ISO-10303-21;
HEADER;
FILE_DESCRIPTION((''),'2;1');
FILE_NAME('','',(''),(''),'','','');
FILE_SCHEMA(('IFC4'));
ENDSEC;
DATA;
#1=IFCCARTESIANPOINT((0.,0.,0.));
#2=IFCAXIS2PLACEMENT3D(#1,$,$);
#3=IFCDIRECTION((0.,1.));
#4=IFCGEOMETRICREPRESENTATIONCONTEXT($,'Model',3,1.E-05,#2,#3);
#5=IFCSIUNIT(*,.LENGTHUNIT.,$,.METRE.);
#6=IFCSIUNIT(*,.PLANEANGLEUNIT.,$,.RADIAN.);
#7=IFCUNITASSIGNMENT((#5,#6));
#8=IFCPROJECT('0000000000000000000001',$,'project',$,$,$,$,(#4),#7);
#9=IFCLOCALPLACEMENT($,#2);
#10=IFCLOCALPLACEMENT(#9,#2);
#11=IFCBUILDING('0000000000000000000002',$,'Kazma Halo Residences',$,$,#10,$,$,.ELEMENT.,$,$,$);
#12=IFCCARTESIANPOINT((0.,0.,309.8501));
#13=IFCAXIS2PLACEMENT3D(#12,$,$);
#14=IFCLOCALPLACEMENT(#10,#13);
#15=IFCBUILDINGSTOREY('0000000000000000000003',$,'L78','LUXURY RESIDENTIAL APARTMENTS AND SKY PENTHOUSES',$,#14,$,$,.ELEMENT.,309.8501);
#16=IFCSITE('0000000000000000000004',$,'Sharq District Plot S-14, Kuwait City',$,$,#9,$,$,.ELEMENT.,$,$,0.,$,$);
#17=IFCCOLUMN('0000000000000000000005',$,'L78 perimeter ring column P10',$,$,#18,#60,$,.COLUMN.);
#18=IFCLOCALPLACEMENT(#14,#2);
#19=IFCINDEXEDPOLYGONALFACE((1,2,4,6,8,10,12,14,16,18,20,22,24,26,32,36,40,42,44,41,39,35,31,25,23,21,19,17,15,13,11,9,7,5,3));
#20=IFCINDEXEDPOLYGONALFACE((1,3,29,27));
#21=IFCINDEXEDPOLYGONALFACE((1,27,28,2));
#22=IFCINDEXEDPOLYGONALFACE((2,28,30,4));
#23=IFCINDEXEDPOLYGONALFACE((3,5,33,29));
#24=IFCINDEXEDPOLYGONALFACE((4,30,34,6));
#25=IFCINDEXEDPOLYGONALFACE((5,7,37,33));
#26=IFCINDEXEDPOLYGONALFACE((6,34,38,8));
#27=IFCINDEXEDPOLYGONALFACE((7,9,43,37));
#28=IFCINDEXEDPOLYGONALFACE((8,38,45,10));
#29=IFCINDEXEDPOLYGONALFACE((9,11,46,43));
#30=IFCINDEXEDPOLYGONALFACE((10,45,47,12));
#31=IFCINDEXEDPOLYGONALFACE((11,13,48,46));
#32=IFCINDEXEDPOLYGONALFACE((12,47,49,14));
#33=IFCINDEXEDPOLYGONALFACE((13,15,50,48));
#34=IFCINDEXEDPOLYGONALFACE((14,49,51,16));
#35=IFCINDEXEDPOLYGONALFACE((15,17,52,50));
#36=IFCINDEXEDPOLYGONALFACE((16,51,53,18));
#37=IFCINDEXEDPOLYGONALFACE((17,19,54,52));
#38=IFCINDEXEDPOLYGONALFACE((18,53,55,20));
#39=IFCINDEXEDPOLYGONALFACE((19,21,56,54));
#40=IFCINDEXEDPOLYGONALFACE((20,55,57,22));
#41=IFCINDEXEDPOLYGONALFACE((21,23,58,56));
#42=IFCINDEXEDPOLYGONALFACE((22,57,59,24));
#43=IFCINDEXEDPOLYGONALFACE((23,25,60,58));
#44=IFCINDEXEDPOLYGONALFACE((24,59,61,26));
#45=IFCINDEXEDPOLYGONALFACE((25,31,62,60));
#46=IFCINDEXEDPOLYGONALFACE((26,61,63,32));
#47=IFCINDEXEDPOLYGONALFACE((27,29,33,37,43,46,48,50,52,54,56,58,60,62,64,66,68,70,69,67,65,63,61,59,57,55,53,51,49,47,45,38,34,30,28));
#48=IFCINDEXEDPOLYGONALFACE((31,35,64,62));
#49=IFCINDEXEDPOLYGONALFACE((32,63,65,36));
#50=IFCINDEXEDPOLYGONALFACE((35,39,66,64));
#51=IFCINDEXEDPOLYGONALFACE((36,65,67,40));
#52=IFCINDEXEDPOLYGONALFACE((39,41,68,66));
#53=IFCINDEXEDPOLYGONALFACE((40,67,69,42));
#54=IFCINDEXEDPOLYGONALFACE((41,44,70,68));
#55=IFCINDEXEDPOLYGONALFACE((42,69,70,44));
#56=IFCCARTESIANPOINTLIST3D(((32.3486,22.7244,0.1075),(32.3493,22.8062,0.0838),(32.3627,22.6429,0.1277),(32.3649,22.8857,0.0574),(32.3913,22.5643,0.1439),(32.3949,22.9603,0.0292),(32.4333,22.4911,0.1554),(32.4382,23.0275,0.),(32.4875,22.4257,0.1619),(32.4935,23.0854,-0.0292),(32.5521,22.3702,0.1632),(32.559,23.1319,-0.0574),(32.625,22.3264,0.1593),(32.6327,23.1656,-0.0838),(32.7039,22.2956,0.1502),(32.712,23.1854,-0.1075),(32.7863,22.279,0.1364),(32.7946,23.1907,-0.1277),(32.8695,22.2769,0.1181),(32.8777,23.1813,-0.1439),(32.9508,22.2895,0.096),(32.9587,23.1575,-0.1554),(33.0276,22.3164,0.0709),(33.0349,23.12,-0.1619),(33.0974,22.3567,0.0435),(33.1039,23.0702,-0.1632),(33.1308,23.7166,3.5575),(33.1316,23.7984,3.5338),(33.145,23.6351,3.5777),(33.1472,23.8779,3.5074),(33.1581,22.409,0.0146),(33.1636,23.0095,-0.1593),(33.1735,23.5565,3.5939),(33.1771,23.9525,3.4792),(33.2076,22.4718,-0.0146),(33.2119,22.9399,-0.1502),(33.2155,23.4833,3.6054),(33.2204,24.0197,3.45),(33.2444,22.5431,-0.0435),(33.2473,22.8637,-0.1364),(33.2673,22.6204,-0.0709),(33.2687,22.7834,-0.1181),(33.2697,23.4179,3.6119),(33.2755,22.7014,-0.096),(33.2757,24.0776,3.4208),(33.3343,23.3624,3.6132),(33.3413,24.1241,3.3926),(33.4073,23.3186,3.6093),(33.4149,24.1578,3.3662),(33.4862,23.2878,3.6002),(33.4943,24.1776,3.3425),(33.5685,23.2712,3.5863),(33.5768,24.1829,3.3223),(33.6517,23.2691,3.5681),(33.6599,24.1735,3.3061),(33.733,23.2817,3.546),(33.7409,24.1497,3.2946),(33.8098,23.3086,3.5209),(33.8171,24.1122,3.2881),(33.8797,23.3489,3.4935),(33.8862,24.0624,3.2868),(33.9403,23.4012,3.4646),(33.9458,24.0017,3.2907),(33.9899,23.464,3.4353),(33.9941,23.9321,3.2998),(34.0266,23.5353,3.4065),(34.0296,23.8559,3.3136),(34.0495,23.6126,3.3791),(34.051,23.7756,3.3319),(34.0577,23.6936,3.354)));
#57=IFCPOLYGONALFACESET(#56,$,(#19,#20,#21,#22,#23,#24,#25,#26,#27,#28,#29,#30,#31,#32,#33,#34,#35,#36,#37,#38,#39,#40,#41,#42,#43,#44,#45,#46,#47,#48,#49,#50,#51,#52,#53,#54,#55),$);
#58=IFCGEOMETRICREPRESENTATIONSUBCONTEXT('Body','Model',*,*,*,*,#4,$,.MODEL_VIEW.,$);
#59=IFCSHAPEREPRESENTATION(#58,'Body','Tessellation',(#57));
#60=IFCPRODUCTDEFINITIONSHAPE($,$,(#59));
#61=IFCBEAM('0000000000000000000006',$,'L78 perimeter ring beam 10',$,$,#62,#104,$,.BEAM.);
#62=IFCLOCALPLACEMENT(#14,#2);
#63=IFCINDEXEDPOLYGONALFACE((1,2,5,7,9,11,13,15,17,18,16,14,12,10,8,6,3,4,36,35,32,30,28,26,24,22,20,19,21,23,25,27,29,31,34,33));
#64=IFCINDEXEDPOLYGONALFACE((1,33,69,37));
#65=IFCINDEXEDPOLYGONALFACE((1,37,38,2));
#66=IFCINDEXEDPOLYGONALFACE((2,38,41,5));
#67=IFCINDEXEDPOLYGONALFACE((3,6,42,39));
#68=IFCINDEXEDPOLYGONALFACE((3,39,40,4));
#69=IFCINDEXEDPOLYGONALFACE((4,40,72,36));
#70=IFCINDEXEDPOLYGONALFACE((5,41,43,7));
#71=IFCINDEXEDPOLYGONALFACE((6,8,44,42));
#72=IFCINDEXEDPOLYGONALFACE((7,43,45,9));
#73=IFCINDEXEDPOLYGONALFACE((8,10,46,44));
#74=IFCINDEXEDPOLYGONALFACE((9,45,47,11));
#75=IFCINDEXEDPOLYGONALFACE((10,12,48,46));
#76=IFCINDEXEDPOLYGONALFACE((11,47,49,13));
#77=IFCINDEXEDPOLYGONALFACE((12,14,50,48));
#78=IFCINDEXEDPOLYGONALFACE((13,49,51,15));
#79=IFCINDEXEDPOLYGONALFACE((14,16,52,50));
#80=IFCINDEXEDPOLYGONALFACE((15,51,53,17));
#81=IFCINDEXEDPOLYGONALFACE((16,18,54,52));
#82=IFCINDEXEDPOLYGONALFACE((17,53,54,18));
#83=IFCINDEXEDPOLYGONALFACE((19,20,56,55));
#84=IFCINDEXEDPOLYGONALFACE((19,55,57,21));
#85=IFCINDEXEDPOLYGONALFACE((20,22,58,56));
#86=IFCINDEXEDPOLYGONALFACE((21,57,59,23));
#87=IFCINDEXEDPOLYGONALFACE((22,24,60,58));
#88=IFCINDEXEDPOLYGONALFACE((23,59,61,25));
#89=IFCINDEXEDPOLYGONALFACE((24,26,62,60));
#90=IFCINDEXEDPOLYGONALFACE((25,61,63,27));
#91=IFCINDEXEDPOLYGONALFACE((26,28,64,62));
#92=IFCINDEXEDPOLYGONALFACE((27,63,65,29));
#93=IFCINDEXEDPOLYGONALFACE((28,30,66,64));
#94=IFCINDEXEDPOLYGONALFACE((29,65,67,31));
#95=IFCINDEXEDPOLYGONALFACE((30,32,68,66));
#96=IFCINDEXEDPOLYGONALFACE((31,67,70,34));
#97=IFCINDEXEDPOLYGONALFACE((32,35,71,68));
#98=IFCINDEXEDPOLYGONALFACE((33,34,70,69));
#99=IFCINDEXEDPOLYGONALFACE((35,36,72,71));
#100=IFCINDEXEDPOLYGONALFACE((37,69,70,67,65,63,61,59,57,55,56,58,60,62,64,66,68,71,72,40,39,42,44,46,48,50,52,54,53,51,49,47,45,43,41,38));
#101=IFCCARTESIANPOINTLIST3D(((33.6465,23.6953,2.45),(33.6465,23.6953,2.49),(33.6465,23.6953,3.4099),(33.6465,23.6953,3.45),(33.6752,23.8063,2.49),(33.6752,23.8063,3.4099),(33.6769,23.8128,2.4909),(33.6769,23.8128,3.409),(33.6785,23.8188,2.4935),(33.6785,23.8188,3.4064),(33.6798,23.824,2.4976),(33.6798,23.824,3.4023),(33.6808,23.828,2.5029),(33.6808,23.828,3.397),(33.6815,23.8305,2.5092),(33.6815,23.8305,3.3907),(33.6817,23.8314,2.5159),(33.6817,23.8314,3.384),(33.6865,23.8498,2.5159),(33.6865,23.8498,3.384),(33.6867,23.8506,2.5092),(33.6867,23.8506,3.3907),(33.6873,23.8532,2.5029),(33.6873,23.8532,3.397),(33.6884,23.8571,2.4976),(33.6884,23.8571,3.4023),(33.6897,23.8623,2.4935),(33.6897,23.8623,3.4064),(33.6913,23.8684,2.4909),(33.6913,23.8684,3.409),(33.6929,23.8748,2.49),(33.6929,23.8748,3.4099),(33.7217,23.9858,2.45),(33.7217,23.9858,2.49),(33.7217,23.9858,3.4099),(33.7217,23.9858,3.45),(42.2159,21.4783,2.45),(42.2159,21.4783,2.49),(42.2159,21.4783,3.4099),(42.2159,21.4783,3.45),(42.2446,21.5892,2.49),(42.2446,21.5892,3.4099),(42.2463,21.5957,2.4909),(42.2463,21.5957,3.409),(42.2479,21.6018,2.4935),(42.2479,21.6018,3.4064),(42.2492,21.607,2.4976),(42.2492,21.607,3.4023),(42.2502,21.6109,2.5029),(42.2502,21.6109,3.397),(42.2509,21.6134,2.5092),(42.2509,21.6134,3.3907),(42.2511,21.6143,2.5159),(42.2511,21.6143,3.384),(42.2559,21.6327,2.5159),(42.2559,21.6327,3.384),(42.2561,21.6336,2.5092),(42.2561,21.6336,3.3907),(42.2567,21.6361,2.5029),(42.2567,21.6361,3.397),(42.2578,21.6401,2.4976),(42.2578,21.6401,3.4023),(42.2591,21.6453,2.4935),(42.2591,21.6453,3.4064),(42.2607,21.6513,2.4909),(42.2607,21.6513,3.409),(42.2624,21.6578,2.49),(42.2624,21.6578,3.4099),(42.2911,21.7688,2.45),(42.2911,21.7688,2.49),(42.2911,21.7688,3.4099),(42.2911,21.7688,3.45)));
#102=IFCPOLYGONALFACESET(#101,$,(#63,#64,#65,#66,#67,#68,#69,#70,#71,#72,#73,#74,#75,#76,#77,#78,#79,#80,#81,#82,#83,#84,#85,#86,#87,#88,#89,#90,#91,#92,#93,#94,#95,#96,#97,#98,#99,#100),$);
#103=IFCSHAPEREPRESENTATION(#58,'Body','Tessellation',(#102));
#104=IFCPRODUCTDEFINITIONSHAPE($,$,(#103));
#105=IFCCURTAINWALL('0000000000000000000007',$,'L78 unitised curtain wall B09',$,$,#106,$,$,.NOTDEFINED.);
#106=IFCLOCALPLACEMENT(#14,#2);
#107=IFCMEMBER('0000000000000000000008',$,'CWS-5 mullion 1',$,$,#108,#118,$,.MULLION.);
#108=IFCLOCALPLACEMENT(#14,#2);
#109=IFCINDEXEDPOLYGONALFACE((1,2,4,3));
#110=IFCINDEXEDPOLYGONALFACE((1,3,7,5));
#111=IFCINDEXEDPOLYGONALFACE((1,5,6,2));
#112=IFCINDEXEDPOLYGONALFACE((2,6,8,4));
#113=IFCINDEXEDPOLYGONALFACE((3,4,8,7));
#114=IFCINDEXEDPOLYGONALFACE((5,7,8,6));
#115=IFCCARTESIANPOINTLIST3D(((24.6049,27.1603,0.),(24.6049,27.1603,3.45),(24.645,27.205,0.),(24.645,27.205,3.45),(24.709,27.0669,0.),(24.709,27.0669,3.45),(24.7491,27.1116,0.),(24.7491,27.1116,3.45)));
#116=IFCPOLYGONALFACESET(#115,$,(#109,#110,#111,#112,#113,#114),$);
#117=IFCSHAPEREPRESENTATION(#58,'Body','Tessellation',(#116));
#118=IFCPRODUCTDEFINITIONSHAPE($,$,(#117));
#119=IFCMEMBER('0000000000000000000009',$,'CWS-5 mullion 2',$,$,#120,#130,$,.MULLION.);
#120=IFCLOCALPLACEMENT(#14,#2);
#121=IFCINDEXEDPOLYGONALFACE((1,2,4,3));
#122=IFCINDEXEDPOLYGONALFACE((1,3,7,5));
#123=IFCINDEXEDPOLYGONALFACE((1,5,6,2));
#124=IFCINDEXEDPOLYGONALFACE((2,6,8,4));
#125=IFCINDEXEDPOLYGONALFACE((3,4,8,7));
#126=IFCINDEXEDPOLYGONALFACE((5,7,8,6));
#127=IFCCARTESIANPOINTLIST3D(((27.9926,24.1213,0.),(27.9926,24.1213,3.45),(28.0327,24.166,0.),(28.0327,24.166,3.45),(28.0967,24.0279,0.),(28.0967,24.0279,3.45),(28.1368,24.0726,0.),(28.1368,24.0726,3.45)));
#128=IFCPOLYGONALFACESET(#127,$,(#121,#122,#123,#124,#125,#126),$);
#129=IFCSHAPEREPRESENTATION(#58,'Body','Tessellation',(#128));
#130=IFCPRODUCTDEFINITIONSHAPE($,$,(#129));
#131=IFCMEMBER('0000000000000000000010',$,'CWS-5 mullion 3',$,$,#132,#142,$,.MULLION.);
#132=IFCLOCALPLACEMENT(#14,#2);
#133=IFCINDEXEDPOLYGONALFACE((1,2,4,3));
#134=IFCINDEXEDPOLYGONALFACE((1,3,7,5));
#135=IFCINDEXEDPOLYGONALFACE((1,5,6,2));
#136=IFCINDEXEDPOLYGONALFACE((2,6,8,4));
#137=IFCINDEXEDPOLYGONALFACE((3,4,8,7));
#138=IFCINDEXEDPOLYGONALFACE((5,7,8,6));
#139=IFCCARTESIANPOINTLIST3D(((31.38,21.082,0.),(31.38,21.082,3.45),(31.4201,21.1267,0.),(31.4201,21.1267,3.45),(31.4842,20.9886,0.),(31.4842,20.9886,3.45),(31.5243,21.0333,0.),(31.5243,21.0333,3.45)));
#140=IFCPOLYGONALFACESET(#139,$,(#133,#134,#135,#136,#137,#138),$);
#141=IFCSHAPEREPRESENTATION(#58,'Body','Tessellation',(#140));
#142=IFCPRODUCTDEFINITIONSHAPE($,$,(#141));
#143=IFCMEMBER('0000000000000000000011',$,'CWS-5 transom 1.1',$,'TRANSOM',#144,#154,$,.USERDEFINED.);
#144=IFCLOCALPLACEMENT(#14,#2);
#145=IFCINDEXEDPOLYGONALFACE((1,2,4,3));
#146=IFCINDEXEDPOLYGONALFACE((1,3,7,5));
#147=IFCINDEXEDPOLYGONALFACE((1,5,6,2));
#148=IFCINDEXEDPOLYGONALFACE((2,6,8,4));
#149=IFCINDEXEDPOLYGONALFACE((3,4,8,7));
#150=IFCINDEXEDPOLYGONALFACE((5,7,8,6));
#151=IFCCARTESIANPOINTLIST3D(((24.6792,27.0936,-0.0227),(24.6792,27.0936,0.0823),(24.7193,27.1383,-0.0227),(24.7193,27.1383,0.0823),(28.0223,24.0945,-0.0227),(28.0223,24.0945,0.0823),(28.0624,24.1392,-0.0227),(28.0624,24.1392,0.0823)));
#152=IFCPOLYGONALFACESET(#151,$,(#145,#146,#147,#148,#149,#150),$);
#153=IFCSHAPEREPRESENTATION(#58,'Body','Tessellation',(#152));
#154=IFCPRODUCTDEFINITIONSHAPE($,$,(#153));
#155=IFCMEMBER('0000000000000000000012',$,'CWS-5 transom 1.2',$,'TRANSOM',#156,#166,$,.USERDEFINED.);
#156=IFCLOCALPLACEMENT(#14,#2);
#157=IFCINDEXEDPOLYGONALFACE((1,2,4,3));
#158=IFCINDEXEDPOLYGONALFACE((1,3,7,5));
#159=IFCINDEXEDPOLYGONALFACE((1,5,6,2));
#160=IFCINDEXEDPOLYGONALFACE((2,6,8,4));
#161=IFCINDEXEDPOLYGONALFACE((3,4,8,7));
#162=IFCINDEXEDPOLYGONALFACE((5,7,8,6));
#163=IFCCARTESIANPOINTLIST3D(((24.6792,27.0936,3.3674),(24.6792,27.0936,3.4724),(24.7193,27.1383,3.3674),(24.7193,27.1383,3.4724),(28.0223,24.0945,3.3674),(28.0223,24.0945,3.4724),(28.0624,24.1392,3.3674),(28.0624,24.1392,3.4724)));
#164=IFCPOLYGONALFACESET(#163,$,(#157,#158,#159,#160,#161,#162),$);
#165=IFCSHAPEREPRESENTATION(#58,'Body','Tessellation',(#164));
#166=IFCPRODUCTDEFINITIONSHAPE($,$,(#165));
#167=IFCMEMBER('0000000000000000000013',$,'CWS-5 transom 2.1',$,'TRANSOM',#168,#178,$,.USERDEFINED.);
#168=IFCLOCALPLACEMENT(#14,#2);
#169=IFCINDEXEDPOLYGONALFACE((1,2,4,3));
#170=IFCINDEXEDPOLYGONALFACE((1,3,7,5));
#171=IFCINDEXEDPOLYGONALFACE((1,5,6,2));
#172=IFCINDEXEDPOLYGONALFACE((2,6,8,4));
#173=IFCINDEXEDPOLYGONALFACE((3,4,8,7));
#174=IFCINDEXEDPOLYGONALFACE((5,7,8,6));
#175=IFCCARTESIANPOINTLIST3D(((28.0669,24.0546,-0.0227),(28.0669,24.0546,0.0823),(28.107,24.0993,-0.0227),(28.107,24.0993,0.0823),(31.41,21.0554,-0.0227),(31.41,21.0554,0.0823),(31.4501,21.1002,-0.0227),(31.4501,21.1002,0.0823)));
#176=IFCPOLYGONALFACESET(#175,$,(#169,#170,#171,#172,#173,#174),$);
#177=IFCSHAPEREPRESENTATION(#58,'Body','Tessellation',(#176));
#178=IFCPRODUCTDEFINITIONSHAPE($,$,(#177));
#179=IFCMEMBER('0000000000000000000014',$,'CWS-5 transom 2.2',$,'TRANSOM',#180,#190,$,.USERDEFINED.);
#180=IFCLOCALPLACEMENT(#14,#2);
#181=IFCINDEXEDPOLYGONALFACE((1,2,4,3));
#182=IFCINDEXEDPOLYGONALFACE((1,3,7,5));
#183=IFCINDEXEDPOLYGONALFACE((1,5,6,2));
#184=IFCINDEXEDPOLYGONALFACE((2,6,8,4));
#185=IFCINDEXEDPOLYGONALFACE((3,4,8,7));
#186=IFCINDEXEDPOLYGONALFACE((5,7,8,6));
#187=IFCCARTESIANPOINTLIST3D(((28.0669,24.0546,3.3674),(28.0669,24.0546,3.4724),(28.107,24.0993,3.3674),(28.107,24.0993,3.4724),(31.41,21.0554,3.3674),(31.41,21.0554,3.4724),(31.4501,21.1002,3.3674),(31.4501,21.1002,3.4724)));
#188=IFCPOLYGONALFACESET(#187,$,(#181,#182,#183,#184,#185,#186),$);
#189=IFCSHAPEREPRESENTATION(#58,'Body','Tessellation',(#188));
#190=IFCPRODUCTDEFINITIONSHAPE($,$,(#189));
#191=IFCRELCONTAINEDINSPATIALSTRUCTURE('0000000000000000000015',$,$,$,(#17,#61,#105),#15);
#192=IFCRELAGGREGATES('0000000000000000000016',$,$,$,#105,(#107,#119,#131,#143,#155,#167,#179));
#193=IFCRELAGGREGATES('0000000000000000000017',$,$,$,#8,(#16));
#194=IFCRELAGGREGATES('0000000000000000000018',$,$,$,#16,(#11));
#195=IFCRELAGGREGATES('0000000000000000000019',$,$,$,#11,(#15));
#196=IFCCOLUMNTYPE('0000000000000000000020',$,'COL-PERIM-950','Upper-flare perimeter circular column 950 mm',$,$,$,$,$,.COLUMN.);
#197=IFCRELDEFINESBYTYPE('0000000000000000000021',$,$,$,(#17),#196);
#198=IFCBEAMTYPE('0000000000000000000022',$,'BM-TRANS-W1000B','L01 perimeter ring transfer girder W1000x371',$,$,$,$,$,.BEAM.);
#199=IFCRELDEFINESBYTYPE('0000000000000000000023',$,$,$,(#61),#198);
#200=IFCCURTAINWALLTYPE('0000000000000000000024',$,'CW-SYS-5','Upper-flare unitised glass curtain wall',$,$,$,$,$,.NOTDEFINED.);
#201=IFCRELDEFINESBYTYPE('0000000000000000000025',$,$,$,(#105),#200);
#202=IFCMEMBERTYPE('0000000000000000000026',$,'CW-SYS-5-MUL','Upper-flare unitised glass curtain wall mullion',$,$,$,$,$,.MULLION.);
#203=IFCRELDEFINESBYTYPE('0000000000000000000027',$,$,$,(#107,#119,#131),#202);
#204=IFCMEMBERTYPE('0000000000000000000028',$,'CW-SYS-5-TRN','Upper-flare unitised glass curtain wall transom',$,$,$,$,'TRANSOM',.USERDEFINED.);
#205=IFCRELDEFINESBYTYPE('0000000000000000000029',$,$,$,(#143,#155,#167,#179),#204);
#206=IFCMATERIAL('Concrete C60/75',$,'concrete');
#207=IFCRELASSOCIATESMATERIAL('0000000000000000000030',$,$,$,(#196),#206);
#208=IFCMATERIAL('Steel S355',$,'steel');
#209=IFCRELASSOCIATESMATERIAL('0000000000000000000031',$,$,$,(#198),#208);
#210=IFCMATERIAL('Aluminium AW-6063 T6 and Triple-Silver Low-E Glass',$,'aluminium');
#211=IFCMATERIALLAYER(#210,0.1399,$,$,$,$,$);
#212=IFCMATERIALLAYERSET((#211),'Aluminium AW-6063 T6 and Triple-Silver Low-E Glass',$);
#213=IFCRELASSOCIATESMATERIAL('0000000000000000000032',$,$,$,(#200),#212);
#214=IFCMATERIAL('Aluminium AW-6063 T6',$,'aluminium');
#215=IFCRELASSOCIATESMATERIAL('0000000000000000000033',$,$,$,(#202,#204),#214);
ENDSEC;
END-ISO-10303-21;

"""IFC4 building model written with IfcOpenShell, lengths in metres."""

from ifc_helpers import new_model, si_unit, direction, frame, origin, origin_2d, place, context, subcontext, project, spatial, rectangle, circle, i_section, extrude, material, layer, layer_set, material_profile, profile_set, type_object, element, aggregate, save


model = new_model("IFC4")

# Units and contexts
model_context = context("Model", 3, precision=1e-05, world=origin(), true_north=direction((0.0, 1.0)))
body_context = subcontext(model_context, "Body", "Model", "MODEL_VIEW")
ifc_project = project(units=[si_unit("LENGTHUNIT", "METRE"), si_unit("PLANEANGLEUNIT", "RADIAN")], contexts=[model_context])

# Site, building, storey
site_placement = place(None, origin())
site = spatial("IfcSite", under=ifc_project, at=site_placement, Name="Sharq District Plot S-14, Kuwait City", CompositionType="ELEMENT", RefElevation=0.0)
building_placement = place(site_placement, origin())
building = spatial("IfcBuilding", under=site, at=building_placement, Name="Kazma Halo Residences", CompositionType="ELEMENT")
storey_placement = place(building_placement, frame((0.0, 0.0, 309.8501)))
storey = spatial("IfcBuildingStorey", under=building, at=storey_placement, Name="L78", Description="LUXURY RESIDENTIAL APARTMENTS AND SKY PENTHOUSES", CompositionType="ELEMENT", Elevation=309.8501)

# Column
ifc_material_1 = material(Name="Concrete C60/75", Category="concrete")
ifc_material_profile_1 = material_profile(ifc_material_1, circle(Radius=0.4751, at=origin_2d()), Name="CIRC950")
ifc_profile_set_1 = profile_set([ifc_material_profile_1], Name="Concrete C60/75")
column_type = type_object("IfcColumnType", Name="COL-PERIM-950", Description="Upper-flare perimeter circular column 950 mm", PredefinedType="COLUMN", material=ifc_profile_set_1)
column_placement = place(storey_placement, frame((32.8113, 22.7334, 0.0), z_axis=(0.212907, 0.270054, 0.939011), x_axis=(-0.785298, 0.619118, 0.0)))
element("IfcColumn", 1, at=column_placement, inside=storey, type_object=column_type, Name="L78 perimeter ring column P10", PredefinedType="COLUMN", context=body_context, shape_type="SweptSolid", body=[
    extrude(circle(Radius=0.4751, at=origin_2d()), origin(), (0.0, 0.0, 1.0), 3.6741),
])

# Beam
ifc_material_2 = material(Name="Steel S355", Category="steel")
ifc_material_profile_2 = material_profile(ifc_material_2, i_section(OverallWidth=0.3, OverallDepth=1.0, WebThickness=0.019, FlangeThickness=0.04, FilletRadius=0.0259, at=origin_2d()), Name="W1000x371")
ifc_profile_set_2 = profile_set([ifc_material_profile_2], Name="Steel S355")
beam_type = type_object("IfcBeamType", Name="BM-TRANS-W1000B", Description="L01 perimeter ring transfer girder W1000x371", PredefinedType="BEAM", material=ifc_profile_set_2)
beam_placement = place(storey_placement, frame((33.6841, 23.8406, 2.95), z_axis=(0.968124, -0.250471, 0.0), x_axis=(0.250471, 0.968124, 0.0)))
element("IfcBeam", 2, at=beam_placement, inside=storey, type_object=beam_type, Name="L78 perimeter ring beam 10", PredefinedType="BEAM", context=body_context, shape_type="SweptSolid", body=[
    extrude(i_section(OverallWidth=0.3, OverallDepth=1.0, WebThickness=0.019, FlangeThickness=0.04, FilletRadius=0.0259, at=origin_2d()), origin(), (0.0, 0.0, 1.0), 8.8516),
])

# Curtain wall, members
ifc_material_3 = material(Name="Aluminium AW-6063 T6 and Triple-Silver Low-E Glass", Category="aluminium")
ifc_layer_1 = layer(ifc_material_3, 0.1399)
ifc_layer_set_1 = layer_set([ifc_layer_1], Name="Aluminium AW-6063 T6 and Triple-Silver Low-E Glass")
curtain_wall_type = type_object("IfcCurtainWallType", Name="CW-SYS-5", Description="Upper-flare unitised glass curtain wall", PredefinedType="NOTDEFINED", material=ifc_layer_set_1)
curtain_wall_placement = place(storey_placement, origin())
curtain_wall = element("IfcCurtainWall", 3, at=curtain_wall_placement, inside=storey, type_object=curtain_wall_type, Name="L78 unitised curtain wall B09", PredefinedType="NOTDEFINED")
ifc_material_4 = material(Name="Aluminium AW-6063 T6", Category="aluminium")
ifc_material_profile_3 = material_profile(ifc_material_4, rectangle(XDim=0.0601, YDim=0.1399, at=origin_2d()), Name="CWM-60x140")
ifc_profile_set_3 = profile_set([ifc_material_profile_3], Name="Aluminium AW-6063 T6")
member_type_1 = type_object("IfcMemberType", Name="CW-SYS-5-MUL", Description="Upper-flare unitised glass curtain wall mullion", PredefinedType="MULLION", material=ifc_profile_set_3)
member_1_placement = place(storey_placement, frame((24.677, 27.136, 0.0), z_axis=(0.0, 0.0, 1.0), x_axis=(0.667776, 0.744362, 0.0)))
member_1 = element("IfcMember", 4, at=member_1_placement, type_object=member_type_1, Name="CWS-5 mullion 1", PredefinedType="MULLION", context=body_context, shape_type="SweptSolid", body=[
    extrude(rectangle(XDim=0.0601, YDim=0.1399, at=origin_2d()), origin(), (0.0, 0.0, 1.0), 3.45),
])
member_2_placement = place(storey_placement, frame((28.0647, 24.0969, 0.0), z_axis=(0.0, 0.0, 1.0), x_axis=(0.667776, 0.744362, 0.0)))
member_2 = element("IfcMember", 5, at=member_2_placement, type_object=member_type_1, Name="CWS-5 mullion 2", PredefinedType="MULLION", context=body_context, shape_type="SweptSolid", body=[
    extrude(rectangle(XDim=0.0601, YDim=0.1399, at=origin_2d()), origin(), (0.0, 0.0, 1.0), 3.45),
])
member_3_placement = place(storey_placement, frame((31.4521, 21.0576, 0.0), z_axis=(0.0, 0.0, 1.0), x_axis=(0.667776, 0.744362, 0.0)))
member_3 = element("IfcMember", 6, at=member_3_placement, type_object=member_type_1, Name="CWS-5 mullion 3", PredefinedType="MULLION", context=body_context, shape_type="SweptSolid", body=[
    extrude(rectangle(XDim=0.0601, YDim=0.1399, at=origin_2d()), origin(), (0.0, 0.0, 1.0), 3.45),
])
ifc_material_profile_4 = material_profile(ifc_material_4, rectangle(XDim=0.0601, YDim=0.105, at=origin_2d()), Name="CWT-60x105")
ifc_profile_set_4 = profile_set([ifc_material_profile_4], Name="Aluminium AW-6063 T6")
member_type_2 = type_object("IfcMemberType", Name="CW-SYS-5-TRN", Description="Upper-flare unitised glass curtain wall transom", ElementType="TRANSOM", PredefinedType="USERDEFINED", material=ifc_profile_set_4)
member_4_placement = place(storey_placement, frame((24.6992, 27.116, 0.0298), z_axis=(0.744366, -0.667772, 0.0), x_axis=(0.667772, 0.744366, 0.0)))
member_4 = element("IfcMember", 7, at=member_4_placement, type_object=member_type_2, Name="CWS-5 transom 1.1", ObjectType="TRANSOM", PredefinedType="USERDEFINED", context=body_context, shape_type="SweptSolid", body=[
    extrude(rectangle(XDim=0.0601, YDim=0.105, at=origin_2d()), origin(), (0.0, 0.0, 1.0), 4.4912),
])
member_5_placement = place(storey_placement, frame((24.6992, 27.116, 3.4199), z_axis=(0.744366, -0.667772, 0.0), x_axis=(0.667772, 0.744366, 0.0)))
member_5 = element("IfcMember", 8, at=member_5_placement, type_object=member_type_2, Name="CWS-5 transom 1.2", ObjectType="TRANSOM", PredefinedType="USERDEFINED", context=body_context, shape_type="SweptSolid", body=[
    extrude(rectangle(XDim=0.0601, YDim=0.105, at=origin_2d()), origin(), (0.0, 0.0, 1.0), 4.4912),
])
member_6_placement = place(storey_placement, frame((28.0869, 24.0769, 0.0298), z_axis=(0.744366, -0.667772, 0.0), x_axis=(0.667772, 0.744366, 0.0)))
member_6 = element("IfcMember", 9, at=member_6_placement, type_object=member_type_2, Name="CWS-5 transom 2.1", ObjectType="TRANSOM", PredefinedType="USERDEFINED", context=body_context, shape_type="SweptSolid", body=[
    extrude(rectangle(XDim=0.0601, YDim=0.105, at=origin_2d()), origin(), (0.0, 0.0, 1.0), 4.4912),
])
member_7_placement = place(storey_placement, frame((28.0869, 24.0769, 3.4199), z_axis=(0.744366, -0.667772, 0.0), x_axis=(0.667772, 0.744366, 0.0)))
member_7 = element("IfcMember", 10, at=member_7_placement, type_object=member_type_2, Name="CWS-5 transom 2.2", ObjectType="TRANSOM", PredefinedType="USERDEFINED", context=body_context, shape_type="SweptSolid", body=[
    extrude(rectangle(XDim=0.0601, YDim=0.105, at=origin_2d()), origin(), (0.0, 0.0, 1.0), 4.4912),
])
aggregate(curtain_wall, [member_1, member_2, member_3, member_4, member_5, member_6, member_7])

save(model, "model.ifc")
